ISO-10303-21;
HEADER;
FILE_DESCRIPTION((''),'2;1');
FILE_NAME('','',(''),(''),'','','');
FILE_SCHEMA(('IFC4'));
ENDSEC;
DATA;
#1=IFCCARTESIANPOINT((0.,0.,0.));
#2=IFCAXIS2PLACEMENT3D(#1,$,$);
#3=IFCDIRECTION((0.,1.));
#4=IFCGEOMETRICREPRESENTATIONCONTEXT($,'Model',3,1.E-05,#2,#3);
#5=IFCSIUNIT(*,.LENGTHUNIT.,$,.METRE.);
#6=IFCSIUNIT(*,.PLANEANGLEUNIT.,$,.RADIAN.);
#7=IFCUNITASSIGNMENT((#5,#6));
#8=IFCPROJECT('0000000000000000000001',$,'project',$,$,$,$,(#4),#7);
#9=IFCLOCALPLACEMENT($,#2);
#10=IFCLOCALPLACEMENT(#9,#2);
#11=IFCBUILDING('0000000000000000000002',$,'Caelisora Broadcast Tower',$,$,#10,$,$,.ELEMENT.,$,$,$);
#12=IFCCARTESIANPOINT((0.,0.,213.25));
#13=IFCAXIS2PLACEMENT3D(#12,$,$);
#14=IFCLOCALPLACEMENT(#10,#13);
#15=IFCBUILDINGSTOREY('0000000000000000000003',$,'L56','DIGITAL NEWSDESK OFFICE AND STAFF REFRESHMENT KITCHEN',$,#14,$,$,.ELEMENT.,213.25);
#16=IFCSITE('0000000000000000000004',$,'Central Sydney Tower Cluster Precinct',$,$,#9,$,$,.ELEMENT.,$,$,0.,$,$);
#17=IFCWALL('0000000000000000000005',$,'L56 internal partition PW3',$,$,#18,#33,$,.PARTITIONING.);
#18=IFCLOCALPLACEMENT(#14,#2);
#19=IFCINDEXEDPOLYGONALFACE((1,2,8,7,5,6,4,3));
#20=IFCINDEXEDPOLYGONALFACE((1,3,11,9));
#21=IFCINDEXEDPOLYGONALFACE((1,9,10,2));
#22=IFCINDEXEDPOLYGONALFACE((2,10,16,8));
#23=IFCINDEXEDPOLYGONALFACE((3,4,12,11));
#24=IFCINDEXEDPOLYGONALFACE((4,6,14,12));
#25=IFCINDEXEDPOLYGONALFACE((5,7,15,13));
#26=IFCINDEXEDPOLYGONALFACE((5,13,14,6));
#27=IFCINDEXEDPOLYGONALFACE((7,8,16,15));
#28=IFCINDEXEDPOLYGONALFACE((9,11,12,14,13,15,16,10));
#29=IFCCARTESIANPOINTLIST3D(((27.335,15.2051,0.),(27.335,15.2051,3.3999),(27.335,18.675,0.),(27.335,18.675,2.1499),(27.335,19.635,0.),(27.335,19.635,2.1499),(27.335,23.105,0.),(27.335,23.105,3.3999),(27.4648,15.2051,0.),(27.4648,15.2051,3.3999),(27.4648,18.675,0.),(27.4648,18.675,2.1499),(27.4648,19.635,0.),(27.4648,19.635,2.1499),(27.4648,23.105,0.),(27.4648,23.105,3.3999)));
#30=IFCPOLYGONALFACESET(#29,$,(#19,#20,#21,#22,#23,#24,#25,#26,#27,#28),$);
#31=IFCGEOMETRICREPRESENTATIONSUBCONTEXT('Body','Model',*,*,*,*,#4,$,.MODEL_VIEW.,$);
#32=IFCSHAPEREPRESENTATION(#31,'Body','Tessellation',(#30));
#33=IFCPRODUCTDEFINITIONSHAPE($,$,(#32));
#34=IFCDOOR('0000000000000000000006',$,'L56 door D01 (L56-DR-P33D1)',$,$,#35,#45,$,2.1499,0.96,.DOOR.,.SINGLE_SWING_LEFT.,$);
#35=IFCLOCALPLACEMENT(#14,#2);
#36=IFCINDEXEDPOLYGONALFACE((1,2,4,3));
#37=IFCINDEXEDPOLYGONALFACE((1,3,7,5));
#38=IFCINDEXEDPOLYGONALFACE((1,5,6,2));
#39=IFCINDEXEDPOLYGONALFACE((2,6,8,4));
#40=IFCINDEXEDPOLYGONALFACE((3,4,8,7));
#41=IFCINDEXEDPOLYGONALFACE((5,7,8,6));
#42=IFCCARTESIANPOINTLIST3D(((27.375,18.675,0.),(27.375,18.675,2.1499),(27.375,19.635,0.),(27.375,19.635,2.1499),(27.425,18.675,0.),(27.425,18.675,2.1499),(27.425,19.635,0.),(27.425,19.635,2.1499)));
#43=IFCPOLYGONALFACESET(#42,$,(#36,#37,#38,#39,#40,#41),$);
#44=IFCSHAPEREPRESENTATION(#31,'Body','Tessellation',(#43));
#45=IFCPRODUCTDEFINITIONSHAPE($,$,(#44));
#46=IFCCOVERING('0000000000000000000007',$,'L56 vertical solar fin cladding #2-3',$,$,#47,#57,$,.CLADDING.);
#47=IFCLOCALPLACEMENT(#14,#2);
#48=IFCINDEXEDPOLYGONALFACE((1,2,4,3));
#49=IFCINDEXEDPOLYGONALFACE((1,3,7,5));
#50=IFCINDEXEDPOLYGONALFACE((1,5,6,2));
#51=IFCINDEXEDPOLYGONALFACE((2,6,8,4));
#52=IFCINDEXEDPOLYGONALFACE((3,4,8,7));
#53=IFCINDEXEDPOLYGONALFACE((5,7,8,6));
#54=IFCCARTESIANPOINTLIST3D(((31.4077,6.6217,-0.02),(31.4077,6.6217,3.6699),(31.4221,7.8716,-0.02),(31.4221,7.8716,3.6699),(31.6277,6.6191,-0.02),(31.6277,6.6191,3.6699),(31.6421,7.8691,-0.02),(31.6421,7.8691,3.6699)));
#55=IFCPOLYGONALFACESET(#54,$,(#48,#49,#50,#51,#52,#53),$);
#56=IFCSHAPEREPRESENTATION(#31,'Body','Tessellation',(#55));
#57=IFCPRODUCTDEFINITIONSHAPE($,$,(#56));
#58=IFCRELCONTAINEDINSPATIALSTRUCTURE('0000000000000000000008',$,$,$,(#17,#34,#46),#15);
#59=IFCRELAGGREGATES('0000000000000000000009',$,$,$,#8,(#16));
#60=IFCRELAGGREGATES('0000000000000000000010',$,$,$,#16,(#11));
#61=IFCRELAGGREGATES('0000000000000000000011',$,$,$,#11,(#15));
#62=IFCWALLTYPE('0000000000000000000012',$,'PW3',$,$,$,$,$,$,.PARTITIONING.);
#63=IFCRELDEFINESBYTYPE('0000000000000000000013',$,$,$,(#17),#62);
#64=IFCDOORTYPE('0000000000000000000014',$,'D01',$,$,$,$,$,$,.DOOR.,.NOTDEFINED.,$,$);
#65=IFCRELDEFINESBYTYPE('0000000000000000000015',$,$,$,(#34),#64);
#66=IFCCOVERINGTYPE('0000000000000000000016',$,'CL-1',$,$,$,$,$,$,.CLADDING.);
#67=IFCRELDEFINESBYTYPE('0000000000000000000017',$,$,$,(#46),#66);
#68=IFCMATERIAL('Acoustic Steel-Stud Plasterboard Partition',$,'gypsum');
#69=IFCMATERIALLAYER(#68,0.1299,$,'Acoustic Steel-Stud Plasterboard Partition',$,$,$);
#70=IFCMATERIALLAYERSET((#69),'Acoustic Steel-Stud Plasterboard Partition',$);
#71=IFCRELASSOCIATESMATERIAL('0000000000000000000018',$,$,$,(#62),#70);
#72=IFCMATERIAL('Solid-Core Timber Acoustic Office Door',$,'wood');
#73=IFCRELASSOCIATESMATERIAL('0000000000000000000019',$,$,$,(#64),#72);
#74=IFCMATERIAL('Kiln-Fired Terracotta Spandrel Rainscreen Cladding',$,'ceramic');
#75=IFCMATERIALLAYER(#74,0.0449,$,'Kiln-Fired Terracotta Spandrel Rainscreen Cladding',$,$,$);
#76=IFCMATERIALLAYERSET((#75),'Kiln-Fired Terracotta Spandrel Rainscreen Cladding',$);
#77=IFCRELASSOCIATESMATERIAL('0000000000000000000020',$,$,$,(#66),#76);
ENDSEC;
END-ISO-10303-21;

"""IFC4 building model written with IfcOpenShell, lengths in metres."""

from ifc_helpers import new_model, si_unit, direction, frame, frame_2d, origin, origin_2d, place, context, subcontext, project, spatial, rectangle, extrude, source, transform, mapped, material, layer, layer_set, type_object, type_shapes, element, fill, save


model = new_model("IFC4")

# Units and contexts
model_context = context("Model", 3, precision=1e-05, world=origin(), true_north=direction((0.0, 1.0)))
body_context = subcontext(model_context, "Body", "Model", "MODEL_VIEW")
ifc_project = project(units=[si_unit("LENGTHUNIT", "METRE"), si_unit("PLANEANGLEUNIT", "RADIAN")], contexts=[model_context])

# Site, building, storey
site_placement = place(None, origin())
site = spatial("IfcSite", under=ifc_project, at=site_placement, Name="Central Sydney Tower Cluster Precinct", CompositionType="ELEMENT", RefElevation=0.0)
building_placement = place(site_placement, origin())
building = spatial("IfcBuilding", under=site, at=building_placement, Name="Caelisora Broadcast Tower", CompositionType="ELEMENT")
storey_placement = place(building_placement, frame((0.0, 0.0, 213.25)))
storey = spatial("IfcBuildingStorey", under=building, at=storey_placement, Name="L56", Description="DIGITAL NEWSDESK OFFICE AND STAFF REFRESHMENT KITCHEN", CompositionType="ELEMENT", Elevation=213.25)

# Wall, opening, door
ifc_material_1 = material(Name="Acoustic Steel-Stud Plasterboard Partition", Category="gypsum")
ifc_layer_1 = layer(ifc_material_1, 0.1299, Name="Acoustic Steel-Stud Plasterboard Partition")
ifc_layer_set_1 = layer_set([ifc_layer_1], Name="Acoustic Steel-Stud Plasterboard Partition")
wall_type = type_object("IfcWallType", Name="PW3", PredefinedType="PARTITIONING", material=ifc_layer_set_1)
wall_placement = place(storey_placement, frame((27.3999, 15.2051, 0.0), z_axis=(0.0, 0.0, 1.0), x_axis=(0.0, 1.0, 0.0)))
wall = element("IfcWall", 1, at=wall_placement, inside=storey, type_object=wall_type, Name="L56 internal partition PW3", PredefinedType="PARTITIONING", context=body_context, shape_type="SweptSolid", body=[
    extrude(rectangle(XDim=7.8999, YDim=0.1299, at=frame_2d((3.95, 0.0))), origin(), (0.0, 0.0, 1.0), 3.3999),
])
opening_placement = place(wall_placement, frame((3.47, 0.0, 0.0)))
opening = element("IfcOpeningElement", 2, at=opening_placement, cuts=wall, PredefinedType="OPENING", context=body_context, shape_type="SweptSolid", body=[
    extrude(rectangle(XDim=0.96, YDim=2.1499, at=frame_2d((0.48, 1.075))), frame((0.0, 0.0769, 0.0), z_axis=(0.0, -1.0, 0.0), x_axis=(1.0, 0.0, 0.0)), (0.0, 0.0, 1.0), 0.1538),
])
ifc_material_2 = material(Name="Solid-Core Timber Acoustic Office Door", Category="wood")
door_type = type_object("IfcDoorType", Name="D01", OperationType="NOTDEFINED", PredefinedType="DOOR", material=ifc_material_2)
door_placement = place(opening_placement, origin())
door = element("IfcDoor", 3, at=door_placement, inside=storey, type_object=door_type, Name="L56 door D01 (L56-DR-P33D1)", OperationType="SINGLE_SWING_LEFT", OverallHeight=2.1499, OverallWidth=0.96, PredefinedType="DOOR", context=body_context, shape_type="SweptSolid", body=[
    extrude(rectangle(XDim=0.96, YDim=2.1499, at=frame_2d((0.48, 1.075))), frame((0.0, 0.0249, 0.0), z_axis=(0.0, -1.0, 0.0), x_axis=(1.0, 0.0, 0.0)), (0.0, 0.0, 1.0), 0.05),
])
fill(opening, door)

# Covering
ifc_material_3 = material(Name="Kiln-Fired Terracotta Spandrel Rainscreen Cladding", Category="ceramic")
ifc_layer_2 = layer(ifc_material_3, 0.0449, Name="Kiln-Fired Terracotta Spandrel Rainscreen Cladding")
ifc_layer_set_2 = layer_set([ifc_layer_2], Name="Kiln-Fired Terracotta Spandrel Rainscreen Cladding")
covering_type = type_object("IfcCoveringType", Name="CL-1", PredefinedType="CLADDING", material=ifc_layer_set_2)
shared_shape_1 = source(origin(), body_context, "Body", "SweptSolid", [
    extrude(rectangle(XDim=0.22, YDim=1.25, at=origin_2d()), origin(), (0.0, 0.0, 1.0), 3.6899),
])
type_shapes(covering_type, [shared_shape_1])
covering_placement = place(storey_placement, frame((31.5249, 7.2454, -0.02), z_axis=(0.0, 0.0, 1.0), x_axis=(-0.999934, 0.011519, 0.0)))
element("IfcCovering", 4, at=covering_placement, inside=storey, type_object=covering_type, Name="L56 vertical solar fin cladding #2-3", PredefinedType="CLADDING", context=body_context, shape_type="MappedRepresentation", body=[
    mapped(shared_shape_1, transform((0.0, 0.0, 0.0), scale=1.0)),
])

save(model, "model.ifc")
